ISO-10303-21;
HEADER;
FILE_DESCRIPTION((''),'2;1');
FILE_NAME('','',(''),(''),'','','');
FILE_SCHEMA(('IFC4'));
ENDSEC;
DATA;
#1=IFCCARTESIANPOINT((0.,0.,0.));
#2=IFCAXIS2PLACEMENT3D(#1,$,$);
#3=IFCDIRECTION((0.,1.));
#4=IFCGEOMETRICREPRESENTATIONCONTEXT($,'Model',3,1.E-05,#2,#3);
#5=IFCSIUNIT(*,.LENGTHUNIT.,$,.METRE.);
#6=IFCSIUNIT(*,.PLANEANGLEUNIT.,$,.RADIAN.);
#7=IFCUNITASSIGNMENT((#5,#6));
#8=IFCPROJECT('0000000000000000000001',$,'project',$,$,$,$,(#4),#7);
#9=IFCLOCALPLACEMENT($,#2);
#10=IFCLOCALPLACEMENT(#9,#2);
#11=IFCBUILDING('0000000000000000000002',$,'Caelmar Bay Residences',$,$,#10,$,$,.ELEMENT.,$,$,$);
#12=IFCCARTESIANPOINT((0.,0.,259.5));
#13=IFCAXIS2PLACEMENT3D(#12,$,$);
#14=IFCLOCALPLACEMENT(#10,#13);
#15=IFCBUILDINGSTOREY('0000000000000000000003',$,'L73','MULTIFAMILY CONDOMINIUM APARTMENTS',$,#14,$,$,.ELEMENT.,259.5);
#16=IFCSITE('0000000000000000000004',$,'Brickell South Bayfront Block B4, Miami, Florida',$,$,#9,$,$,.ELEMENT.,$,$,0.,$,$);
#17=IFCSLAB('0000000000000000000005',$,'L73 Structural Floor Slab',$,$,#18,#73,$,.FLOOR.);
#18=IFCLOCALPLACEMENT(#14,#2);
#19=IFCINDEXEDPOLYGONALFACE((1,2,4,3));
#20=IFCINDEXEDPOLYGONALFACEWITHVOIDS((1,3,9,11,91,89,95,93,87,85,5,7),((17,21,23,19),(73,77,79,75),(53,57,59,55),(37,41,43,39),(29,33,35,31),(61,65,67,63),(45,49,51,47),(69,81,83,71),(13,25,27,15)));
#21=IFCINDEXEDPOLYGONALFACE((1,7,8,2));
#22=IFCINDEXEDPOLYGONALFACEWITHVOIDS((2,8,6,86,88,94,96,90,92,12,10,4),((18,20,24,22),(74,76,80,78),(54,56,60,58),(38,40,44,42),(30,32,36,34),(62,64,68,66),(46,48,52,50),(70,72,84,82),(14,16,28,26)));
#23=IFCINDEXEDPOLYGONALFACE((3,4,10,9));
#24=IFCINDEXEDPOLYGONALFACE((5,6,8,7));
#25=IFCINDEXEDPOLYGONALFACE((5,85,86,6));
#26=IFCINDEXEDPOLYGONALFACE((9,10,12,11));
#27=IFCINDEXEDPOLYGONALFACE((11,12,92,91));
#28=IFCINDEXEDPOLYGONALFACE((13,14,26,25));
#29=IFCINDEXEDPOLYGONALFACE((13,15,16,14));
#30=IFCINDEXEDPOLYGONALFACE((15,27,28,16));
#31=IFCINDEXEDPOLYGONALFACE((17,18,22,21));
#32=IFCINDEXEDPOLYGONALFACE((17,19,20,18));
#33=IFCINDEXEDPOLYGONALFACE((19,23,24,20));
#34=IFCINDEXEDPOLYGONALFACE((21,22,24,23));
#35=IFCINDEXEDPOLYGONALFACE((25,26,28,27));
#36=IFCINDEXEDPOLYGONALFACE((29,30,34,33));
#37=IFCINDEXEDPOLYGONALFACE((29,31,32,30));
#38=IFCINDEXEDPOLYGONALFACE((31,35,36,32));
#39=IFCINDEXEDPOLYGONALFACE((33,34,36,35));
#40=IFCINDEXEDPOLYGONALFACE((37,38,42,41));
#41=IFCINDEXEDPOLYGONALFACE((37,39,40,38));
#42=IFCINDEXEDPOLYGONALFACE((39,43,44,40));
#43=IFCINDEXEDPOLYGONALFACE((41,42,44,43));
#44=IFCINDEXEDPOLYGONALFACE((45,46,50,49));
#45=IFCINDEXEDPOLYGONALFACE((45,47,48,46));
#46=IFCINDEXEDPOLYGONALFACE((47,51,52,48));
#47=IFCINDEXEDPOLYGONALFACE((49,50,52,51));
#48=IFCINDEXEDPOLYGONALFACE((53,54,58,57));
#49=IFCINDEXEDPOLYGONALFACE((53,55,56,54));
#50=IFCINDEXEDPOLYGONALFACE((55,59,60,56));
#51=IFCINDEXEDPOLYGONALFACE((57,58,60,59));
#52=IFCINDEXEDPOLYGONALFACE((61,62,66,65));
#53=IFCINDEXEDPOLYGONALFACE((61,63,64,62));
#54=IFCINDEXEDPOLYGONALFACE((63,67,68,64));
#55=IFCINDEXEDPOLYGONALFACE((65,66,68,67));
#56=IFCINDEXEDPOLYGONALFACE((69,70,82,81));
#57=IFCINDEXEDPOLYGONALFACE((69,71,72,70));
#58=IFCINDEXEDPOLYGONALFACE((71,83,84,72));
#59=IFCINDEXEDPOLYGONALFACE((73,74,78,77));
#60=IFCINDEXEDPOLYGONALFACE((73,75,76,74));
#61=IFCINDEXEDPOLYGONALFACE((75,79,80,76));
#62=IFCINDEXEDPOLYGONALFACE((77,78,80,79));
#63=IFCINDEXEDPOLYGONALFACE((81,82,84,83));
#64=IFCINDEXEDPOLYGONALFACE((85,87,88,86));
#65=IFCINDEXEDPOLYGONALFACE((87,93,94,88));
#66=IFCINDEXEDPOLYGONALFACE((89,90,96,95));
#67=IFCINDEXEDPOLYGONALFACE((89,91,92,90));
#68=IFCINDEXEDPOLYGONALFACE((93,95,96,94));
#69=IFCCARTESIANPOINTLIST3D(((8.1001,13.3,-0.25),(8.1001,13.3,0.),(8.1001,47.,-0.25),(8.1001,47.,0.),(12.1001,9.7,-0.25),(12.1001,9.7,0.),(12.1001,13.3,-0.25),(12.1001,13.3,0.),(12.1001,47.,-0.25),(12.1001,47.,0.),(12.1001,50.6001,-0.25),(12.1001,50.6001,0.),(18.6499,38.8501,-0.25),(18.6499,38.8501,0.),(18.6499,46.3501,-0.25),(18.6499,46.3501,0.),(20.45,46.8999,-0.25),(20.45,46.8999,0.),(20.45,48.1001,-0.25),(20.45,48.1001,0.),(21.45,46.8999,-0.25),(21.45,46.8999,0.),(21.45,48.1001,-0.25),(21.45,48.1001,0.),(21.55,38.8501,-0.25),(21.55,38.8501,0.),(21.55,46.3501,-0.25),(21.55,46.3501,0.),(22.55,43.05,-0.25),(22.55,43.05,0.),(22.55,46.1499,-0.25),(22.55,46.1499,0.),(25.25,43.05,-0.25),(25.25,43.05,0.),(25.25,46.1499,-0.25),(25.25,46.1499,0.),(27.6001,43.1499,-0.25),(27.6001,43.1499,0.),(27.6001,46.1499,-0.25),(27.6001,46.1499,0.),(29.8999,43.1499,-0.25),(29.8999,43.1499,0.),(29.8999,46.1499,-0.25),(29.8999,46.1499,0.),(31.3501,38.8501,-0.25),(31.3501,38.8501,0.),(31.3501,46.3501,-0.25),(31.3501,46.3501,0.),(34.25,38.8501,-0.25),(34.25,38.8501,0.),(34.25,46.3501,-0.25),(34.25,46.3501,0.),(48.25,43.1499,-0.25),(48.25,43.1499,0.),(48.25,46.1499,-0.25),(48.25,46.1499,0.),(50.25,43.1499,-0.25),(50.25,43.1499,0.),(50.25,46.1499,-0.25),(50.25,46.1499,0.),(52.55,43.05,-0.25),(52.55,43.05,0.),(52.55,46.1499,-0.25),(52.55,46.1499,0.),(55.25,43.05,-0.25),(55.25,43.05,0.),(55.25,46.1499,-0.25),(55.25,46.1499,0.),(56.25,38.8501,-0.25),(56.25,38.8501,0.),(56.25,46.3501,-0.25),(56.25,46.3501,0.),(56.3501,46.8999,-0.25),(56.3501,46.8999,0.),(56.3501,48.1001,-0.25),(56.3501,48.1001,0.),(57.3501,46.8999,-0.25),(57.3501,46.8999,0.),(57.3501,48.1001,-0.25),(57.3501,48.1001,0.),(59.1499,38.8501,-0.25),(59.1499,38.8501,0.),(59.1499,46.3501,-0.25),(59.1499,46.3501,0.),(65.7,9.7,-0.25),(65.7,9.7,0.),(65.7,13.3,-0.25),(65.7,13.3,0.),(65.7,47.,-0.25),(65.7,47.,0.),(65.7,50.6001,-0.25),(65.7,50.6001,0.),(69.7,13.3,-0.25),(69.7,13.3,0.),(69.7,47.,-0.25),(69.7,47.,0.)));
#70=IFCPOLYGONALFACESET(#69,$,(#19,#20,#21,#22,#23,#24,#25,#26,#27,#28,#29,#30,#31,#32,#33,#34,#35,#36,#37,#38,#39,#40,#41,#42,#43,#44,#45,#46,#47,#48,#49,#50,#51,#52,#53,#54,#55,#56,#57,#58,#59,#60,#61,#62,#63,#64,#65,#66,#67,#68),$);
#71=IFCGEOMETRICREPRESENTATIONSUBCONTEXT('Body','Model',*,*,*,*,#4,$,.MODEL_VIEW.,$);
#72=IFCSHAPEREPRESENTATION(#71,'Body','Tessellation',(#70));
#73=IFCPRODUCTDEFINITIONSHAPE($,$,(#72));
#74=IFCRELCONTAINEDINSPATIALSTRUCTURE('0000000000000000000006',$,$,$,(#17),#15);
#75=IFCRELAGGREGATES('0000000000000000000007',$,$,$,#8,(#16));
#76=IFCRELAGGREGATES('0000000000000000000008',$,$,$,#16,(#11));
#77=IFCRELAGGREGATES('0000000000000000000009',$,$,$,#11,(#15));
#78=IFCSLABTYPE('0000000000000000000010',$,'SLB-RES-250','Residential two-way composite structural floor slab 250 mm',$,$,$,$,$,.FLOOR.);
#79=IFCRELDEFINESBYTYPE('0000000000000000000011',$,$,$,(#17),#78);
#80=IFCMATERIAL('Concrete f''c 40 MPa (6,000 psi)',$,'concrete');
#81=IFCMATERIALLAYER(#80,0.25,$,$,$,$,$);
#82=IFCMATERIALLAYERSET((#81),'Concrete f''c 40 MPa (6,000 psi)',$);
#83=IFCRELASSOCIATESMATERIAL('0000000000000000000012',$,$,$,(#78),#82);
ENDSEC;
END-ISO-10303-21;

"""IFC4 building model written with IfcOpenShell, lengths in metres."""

from ifc_helpers import new_model, si_unit, direction, frame, origin, place, context, subcontext, project, spatial, polyline, outline, extrude, material, layer, layer_set, type_object, element, save


model = new_model("IFC4")

# Units and contexts
model_context = context("Model", 3, precision=1e-05, world=origin(), true_north=direction((0.0, 1.0)))
body_context = subcontext(model_context, "Body", "Model", "MODEL_VIEW")
ifc_project = project(units=[si_unit("LENGTHUNIT", "METRE"), si_unit("PLANEANGLEUNIT", "RADIAN")], contexts=[model_context])

# Site, building, storey
site_placement = place(None, origin())
site = spatial("IfcSite", under=ifc_project, at=site_placement, Name="Brickell South Bayfront Block B4, Miami, Florida", CompositionType="ELEMENT", RefElevation=0.0)
building_placement = place(site_placement, origin())
building = spatial("IfcBuilding", under=site, at=building_placement, Name="Caelmar Bay Residences", CompositionType="ELEMENT")
storey_placement = place(building_placement, frame((0.0, 0.0, 259.5)))
storey = spatial("IfcBuildingStorey", under=building, at=storey_placement, Name="L73", Description="MULTIFAMILY CONDOMINIUM APARTMENTS", CompositionType="ELEMENT", Elevation=259.5)

# Shared definitions
ifc_material_1 = material(Name="Concrete f'c 40 MPa (6,000 psi)", Category="concrete")

# Slab
ifc_layer_1 = layer(ifc_material_1, 0.25)
ifc_layer_set_1 = layer_set([ifc_layer_1], Name="Concrete f'c 40 MPa (6,000 psi)")
slab_type_1 = type_object("IfcSlabType", Name="SLB-RES-250", Description="Residential two-way composite structural floor slab 250 mm", PredefinedType="FLOOR", material=ifc_layer_set_1)
slab_1_placement = place(storey_placement, frame((0.0, 0.0, -0.25)))
element("IfcSlab", 1, at=slab_1_placement, inside=storey, type_object=slab_type_1, Name="L73 Structural Floor Slab", PredefinedType="FLOOR", context=body_context, shape_type="SweptSolid", body=[
    extrude(outline(polyline([(12.1001, 9.7), (65.7, 9.7), (65.7, 13.3), (69.7, 13.3), (69.7, 47.0), (65.7, 47.0), (65.7, 50.6001), (12.1001, 50.6001), (12.1001, 47.0), (8.1001, 47.0), (8.1001, 13.3), (12.1001, 13.3), (12.1001, 9.7)]), holes=[polyline([(18.6499, 38.8501), (21.55, 38.8501), (21.55, 46.3501), (18.6499, 46.3501), (18.6499, 38.8501)]), polyline([(56.25, 38.8501), (59.1499, 38.8501), (59.1499, 46.3501), (56.25, 46.3501), (56.25, 38.8501)]), polyline([(31.3501, 38.8501), (34.25, 38.8501), (34.25, 46.3501), (31.3501, 46.3501), (31.3501, 38.8501)]), polyline([(22.55, 43.05), (25.25, 43.05), (25.25, 46.1499), (22.55, 46.1499), (22.55, 43.05)]), polyline([(52.55, 43.05), (55.25, 43.05), (55.25, 46.1499), (52.55, 46.1499), (52.55, 43.05)]), polyline([(48.25, 43.1499), (50.25, 43.1499), (50.25, 46.1499), (48.25, 46.1499), (48.25, 43.1499)]), polyline([(27.6001, 43.1499), (29.8999, 43.1499), (29.8999, 46.1499), (27.6001, 46.1499), (27.6001, 43.1499)]), polyline([(20.45, 46.8999), (21.45, 46.8999), (21.45, 48.1001), (20.45, 48.1001), (20.45, 46.8999)]), polyline([(56.3501, 46.8999), (57.3501, 46.8999), (57.3501, 48.1001), (56.3501, 48.1001), (56.3501, 46.8999)])]), origin(), (0.0, 0.0, 1.0), 0.25),
])

save(model, "model.ifc")
